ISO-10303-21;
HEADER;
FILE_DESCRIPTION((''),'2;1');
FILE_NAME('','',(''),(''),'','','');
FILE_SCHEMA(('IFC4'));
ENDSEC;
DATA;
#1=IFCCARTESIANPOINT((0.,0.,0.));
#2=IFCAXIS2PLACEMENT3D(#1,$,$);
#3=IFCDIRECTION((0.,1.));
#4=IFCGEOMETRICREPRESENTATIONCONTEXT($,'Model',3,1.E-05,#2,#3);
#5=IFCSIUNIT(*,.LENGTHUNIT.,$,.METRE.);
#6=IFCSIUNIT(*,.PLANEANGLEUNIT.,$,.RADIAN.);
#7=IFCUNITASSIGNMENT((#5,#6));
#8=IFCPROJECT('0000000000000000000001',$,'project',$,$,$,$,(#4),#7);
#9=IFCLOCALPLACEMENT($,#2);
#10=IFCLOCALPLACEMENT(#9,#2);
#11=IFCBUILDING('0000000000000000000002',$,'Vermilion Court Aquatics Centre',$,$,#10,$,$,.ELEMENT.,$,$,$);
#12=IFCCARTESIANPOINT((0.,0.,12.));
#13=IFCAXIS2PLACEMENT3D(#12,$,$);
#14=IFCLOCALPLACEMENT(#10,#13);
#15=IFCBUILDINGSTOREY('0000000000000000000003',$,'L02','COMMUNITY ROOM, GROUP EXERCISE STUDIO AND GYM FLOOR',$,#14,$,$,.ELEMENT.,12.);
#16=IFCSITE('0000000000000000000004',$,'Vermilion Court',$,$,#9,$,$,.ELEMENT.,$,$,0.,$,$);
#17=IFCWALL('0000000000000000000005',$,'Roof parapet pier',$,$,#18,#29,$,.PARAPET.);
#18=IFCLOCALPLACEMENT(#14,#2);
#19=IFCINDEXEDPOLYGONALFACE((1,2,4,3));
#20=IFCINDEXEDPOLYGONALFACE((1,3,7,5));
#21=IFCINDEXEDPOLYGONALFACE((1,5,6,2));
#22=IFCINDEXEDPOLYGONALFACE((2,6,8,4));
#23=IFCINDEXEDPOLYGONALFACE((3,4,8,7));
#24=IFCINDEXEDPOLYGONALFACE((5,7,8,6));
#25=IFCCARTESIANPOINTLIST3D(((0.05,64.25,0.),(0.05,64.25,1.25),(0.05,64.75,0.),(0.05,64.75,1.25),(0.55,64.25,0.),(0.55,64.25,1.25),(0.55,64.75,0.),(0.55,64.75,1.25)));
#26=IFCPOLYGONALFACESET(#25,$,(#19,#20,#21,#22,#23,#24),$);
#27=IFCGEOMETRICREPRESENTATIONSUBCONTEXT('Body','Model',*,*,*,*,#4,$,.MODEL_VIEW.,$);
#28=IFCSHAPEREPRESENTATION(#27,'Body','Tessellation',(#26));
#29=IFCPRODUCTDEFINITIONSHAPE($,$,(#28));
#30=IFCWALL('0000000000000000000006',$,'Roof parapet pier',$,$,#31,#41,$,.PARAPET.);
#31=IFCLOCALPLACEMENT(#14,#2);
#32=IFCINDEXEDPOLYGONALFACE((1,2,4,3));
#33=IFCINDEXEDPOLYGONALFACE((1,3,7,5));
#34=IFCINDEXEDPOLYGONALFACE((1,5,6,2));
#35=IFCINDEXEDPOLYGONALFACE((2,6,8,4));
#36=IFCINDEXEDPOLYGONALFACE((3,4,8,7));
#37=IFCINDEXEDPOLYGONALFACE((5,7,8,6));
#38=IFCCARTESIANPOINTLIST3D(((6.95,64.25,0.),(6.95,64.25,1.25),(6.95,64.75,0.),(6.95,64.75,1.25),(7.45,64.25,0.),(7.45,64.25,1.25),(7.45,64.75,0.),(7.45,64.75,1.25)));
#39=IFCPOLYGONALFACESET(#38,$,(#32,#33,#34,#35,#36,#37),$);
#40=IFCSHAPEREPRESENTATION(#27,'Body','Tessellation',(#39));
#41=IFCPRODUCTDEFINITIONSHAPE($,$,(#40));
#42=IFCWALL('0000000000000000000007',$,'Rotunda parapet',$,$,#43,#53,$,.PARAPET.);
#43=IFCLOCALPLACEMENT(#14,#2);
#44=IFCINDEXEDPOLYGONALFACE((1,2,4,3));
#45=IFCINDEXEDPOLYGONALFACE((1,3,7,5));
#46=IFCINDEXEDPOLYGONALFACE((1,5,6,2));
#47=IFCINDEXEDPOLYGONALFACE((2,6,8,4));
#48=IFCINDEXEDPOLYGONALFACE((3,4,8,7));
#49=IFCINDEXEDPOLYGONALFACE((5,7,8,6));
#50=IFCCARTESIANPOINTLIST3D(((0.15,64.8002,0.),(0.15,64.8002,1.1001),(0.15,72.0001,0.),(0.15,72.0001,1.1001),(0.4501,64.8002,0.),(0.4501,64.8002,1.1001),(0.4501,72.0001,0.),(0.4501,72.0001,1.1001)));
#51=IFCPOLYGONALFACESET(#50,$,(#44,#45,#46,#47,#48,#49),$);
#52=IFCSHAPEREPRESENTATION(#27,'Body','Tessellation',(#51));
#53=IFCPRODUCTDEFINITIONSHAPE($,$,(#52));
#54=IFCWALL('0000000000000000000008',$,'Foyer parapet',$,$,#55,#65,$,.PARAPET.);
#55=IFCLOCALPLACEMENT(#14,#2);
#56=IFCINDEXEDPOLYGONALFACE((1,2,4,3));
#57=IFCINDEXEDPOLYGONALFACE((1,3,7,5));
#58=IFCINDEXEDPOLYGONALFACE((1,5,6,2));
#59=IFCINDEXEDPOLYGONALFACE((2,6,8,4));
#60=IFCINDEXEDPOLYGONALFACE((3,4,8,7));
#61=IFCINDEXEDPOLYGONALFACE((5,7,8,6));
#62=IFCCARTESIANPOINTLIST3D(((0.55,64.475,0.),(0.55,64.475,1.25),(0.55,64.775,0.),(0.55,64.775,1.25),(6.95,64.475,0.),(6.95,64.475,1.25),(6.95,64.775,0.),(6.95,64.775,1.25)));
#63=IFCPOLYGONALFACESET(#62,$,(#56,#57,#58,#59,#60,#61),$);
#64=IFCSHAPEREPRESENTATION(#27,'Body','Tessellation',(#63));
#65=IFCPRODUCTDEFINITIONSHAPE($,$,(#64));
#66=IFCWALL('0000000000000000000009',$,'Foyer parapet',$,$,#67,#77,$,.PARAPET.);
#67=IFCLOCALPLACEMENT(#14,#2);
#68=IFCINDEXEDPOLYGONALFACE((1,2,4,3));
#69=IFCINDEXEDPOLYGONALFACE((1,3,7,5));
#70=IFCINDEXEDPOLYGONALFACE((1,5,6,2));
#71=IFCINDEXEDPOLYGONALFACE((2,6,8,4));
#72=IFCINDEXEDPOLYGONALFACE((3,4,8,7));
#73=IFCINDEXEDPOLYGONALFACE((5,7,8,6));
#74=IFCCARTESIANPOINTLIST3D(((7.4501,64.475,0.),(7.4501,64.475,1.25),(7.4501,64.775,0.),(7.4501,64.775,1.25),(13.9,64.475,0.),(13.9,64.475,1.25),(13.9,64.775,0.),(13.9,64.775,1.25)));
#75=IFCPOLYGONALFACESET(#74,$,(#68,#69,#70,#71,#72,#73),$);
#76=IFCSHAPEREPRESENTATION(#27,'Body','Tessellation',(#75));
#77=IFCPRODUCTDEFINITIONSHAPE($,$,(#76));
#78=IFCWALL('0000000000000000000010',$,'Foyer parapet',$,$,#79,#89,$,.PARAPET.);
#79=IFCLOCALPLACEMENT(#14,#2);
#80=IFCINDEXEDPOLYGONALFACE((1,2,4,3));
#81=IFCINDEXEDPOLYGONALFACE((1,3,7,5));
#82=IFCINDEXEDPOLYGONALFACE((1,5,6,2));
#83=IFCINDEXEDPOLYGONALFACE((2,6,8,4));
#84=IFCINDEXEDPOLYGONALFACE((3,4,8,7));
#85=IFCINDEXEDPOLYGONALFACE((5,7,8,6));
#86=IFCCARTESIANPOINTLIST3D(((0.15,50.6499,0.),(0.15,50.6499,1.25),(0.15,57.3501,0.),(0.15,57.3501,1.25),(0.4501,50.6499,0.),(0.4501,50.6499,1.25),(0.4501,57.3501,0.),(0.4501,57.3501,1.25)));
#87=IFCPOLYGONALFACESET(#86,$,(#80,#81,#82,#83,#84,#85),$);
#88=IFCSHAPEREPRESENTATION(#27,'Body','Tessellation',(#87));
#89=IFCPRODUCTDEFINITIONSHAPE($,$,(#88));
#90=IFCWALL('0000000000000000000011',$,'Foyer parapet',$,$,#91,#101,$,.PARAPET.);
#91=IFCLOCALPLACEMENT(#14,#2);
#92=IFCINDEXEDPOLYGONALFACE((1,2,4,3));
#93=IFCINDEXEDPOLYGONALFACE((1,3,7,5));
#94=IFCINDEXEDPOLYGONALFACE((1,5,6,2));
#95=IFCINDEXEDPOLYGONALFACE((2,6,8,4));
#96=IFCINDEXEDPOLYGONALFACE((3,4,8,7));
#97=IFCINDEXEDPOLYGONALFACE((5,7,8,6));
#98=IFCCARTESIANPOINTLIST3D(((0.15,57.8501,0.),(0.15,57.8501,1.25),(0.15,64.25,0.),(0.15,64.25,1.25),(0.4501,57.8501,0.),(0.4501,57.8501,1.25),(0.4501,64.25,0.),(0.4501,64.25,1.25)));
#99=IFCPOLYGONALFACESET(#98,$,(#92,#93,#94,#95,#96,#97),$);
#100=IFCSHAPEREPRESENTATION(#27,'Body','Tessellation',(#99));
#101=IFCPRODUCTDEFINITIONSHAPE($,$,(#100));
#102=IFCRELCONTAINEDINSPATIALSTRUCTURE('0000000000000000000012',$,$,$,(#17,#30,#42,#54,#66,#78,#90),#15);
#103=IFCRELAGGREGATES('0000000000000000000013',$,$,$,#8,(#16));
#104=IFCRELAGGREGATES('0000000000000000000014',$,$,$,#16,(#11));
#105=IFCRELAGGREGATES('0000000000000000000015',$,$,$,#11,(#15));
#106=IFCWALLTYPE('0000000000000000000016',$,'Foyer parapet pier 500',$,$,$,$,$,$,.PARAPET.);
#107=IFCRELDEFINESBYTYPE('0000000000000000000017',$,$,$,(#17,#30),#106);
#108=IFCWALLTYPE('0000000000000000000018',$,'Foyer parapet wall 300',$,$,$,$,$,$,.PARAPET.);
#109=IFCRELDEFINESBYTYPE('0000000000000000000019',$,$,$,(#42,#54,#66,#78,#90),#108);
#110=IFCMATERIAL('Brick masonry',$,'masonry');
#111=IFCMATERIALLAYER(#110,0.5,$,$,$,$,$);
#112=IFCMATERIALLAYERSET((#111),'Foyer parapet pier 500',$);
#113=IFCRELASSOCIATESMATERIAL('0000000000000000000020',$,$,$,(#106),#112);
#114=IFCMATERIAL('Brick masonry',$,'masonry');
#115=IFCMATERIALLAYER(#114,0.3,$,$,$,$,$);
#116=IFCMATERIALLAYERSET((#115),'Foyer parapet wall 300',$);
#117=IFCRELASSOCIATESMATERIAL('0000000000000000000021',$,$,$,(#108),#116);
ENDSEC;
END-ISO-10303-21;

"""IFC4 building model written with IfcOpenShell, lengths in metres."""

from ifc_helpers import new_model, si_unit, direction, frame, frame_2d, origin, place, context, subcontext, project, spatial, rectangle, extrude, material, layer, layer_set, type_object, element, save


model = new_model("IFC4")

# Units and contexts
model_context = context("Model", 3, precision=1e-05, world=origin(), true_north=direction((0.0, 1.0)))
body_context = subcontext(model_context, "Body", "Model", "MODEL_VIEW")
ifc_project = project(units=[si_unit("LENGTHUNIT", "METRE"), si_unit("PLANEANGLEUNIT", "RADIAN")], contexts=[model_context])

# Site, building, storey
site_placement = place(None, origin())
site = spatial("IfcSite", under=ifc_project, at=site_placement, Name="Vermilion Court", CompositionType="ELEMENT", RefElevation=0.0)
building_placement = place(site_placement, origin())
building = spatial("IfcBuilding", under=site, at=building_placement, Name="Vermilion Court Aquatics Centre", CompositionType="ELEMENT")
storey_placement = place(building_placement, frame((0.0, 0.0, 12.0)))
storey = spatial("IfcBuildingStorey", under=building, at=storey_placement, Name="L02", Description="COMMUNITY ROOM, GROUP EXERCISE STUDIO AND GYM FLOOR", CompositionType="ELEMENT", Elevation=12.0)

# Walls
ifc_material_1 = material(Name="Brick masonry", Category="masonry")
ifc_layer_1 = layer(ifc_material_1, 0.5)
ifc_layer_set_1 = layer_set([ifc_layer_1], Name="Foyer parapet pier 500")
wall_type_1 = type_object("IfcWallType", Name="Foyer parapet pier 500", PredefinedType="PARAPET", material=ifc_layer_set_1)
for number, where, z_axis, x_axis, name in (
    (1, (0.05, 64.5, 0.0), (0.0, 0.0, 1.0), (1.0, 0.0, 0.0), "Roof parapet pier"),
    (2, (6.95, 64.5, 0.0), (0.0, 0.0, 1.0), (1.0, 0.0, 0.0), "Roof parapet pier"),
):
    element("IfcWall", number, at=place(storey_placement, frame(where, z_axis=z_axis, x_axis=x_axis)), inside=storey, type_object=wall_type_1, Name=name, PredefinedType="PARAPET", context=body_context, shape_type="SweptSolid", body=[
        extrude(rectangle(XDim=0.5, YDim=0.5, at=frame_2d((0.25, 0.0))), origin(), (0.0, 0.0, 1.0), 1.25),
    ])
ifc_material_2 = material(Name="Brick masonry", Category="masonry")
ifc_layer_2 = layer(ifc_material_2, 0.3)
ifc_layer_set_2 = layer_set([ifc_layer_2], Name="Foyer parapet wall 300")
wall_type_2 = type_object("IfcWallType", Name="Foyer parapet wall 300", PredefinedType="PARAPET", material=ifc_layer_set_2)
wall_1_placement = place(storey_placement, frame((0.3, 64.8, 0.0), z_axis=(0.0, 0.0, 1.0), x_axis=(0.0, 1.0, 0.0)))
element("IfcWall", 3, at=wall_1_placement, inside=storey, type_object=wall_type_2, Name="Rotunda parapet", PredefinedType="PARAPET", context=body_context, shape_type="SweptSolid", body=[
    extrude(rectangle(XDim=7.2, YDim=0.3, at=frame_2d((3.6001, 0.0))), origin(), (0.0, 0.0, 1.0), 1.1001),
])
wall_2_placement = place(storey_placement, frame((0.55, 64.625, 0.0), z_axis=(0.0, 0.0, 1.0), x_axis=(1.0, 0.0, 0.0)))
element("IfcWall", 4, at=wall_2_placement, inside=storey, type_object=wall_type_2, Name="Foyer parapet", PredefinedType="PARAPET", context=body_context, shape_type="SweptSolid", body=[
    extrude(rectangle(XDim=6.3999, YDim=0.3, at=frame_2d((3.2, 0.0))), origin(), (0.0, 0.0, 1.0), 1.25),
])
wall_3_placement = place(storey_placement, frame((7.45, 64.625, 0.0), z_axis=(0.0, 0.0, 1.0), x_axis=(1.0, 0.0, 0.0)))
element("IfcWall", 5, at=wall_3_placement, inside=storey, type_object=wall_type_2, Name="Foyer parapet", PredefinedType="PARAPET", context=body_context, shape_type="SweptSolid", body=[
    extrude(rectangle(XDim=6.45, YDim=0.3, at=frame_2d((3.2251, 0.0))), origin(), (0.0, 0.0, 1.0), 1.25),
])
wall_4_placement = place(storey_placement, frame((0.3, 50.6499, 0.0), z_axis=(0.0, 0.0, 1.0), x_axis=(0.0, 1.0, 0.0)))
element("IfcWall", 6, at=wall_4_placement, inside=storey, type_object=wall_type_2, Name="Foyer parapet", PredefinedType="PARAPET", context=body_context, shape_type="SweptSolid", body=[
    extrude(rectangle(XDim=6.7002, YDim=0.3, at=frame_2d((3.3501, 0.0))), origin(), (0.0, 0.0, 1.0), 1.25),
])
wall_5_placement = place(storey_placement, frame((0.3, 57.8501, 0.0), z_axis=(0.0, 0.0, 1.0), x_axis=(0.0, 1.0, 0.0)))
element("IfcWall", 7, at=wall_5_placement, inside=storey, type_object=wall_type_2, Name="Foyer parapet", PredefinedType="PARAPET", context=body_context, shape_type="SweptSolid", body=[
    extrude(rectangle(XDim=6.3999, YDim=0.3, at=frame_2d((3.2, 0.0))), origin(), (0.0, 0.0, 1.0), 1.25),
])

save(model, "model.ifc")
